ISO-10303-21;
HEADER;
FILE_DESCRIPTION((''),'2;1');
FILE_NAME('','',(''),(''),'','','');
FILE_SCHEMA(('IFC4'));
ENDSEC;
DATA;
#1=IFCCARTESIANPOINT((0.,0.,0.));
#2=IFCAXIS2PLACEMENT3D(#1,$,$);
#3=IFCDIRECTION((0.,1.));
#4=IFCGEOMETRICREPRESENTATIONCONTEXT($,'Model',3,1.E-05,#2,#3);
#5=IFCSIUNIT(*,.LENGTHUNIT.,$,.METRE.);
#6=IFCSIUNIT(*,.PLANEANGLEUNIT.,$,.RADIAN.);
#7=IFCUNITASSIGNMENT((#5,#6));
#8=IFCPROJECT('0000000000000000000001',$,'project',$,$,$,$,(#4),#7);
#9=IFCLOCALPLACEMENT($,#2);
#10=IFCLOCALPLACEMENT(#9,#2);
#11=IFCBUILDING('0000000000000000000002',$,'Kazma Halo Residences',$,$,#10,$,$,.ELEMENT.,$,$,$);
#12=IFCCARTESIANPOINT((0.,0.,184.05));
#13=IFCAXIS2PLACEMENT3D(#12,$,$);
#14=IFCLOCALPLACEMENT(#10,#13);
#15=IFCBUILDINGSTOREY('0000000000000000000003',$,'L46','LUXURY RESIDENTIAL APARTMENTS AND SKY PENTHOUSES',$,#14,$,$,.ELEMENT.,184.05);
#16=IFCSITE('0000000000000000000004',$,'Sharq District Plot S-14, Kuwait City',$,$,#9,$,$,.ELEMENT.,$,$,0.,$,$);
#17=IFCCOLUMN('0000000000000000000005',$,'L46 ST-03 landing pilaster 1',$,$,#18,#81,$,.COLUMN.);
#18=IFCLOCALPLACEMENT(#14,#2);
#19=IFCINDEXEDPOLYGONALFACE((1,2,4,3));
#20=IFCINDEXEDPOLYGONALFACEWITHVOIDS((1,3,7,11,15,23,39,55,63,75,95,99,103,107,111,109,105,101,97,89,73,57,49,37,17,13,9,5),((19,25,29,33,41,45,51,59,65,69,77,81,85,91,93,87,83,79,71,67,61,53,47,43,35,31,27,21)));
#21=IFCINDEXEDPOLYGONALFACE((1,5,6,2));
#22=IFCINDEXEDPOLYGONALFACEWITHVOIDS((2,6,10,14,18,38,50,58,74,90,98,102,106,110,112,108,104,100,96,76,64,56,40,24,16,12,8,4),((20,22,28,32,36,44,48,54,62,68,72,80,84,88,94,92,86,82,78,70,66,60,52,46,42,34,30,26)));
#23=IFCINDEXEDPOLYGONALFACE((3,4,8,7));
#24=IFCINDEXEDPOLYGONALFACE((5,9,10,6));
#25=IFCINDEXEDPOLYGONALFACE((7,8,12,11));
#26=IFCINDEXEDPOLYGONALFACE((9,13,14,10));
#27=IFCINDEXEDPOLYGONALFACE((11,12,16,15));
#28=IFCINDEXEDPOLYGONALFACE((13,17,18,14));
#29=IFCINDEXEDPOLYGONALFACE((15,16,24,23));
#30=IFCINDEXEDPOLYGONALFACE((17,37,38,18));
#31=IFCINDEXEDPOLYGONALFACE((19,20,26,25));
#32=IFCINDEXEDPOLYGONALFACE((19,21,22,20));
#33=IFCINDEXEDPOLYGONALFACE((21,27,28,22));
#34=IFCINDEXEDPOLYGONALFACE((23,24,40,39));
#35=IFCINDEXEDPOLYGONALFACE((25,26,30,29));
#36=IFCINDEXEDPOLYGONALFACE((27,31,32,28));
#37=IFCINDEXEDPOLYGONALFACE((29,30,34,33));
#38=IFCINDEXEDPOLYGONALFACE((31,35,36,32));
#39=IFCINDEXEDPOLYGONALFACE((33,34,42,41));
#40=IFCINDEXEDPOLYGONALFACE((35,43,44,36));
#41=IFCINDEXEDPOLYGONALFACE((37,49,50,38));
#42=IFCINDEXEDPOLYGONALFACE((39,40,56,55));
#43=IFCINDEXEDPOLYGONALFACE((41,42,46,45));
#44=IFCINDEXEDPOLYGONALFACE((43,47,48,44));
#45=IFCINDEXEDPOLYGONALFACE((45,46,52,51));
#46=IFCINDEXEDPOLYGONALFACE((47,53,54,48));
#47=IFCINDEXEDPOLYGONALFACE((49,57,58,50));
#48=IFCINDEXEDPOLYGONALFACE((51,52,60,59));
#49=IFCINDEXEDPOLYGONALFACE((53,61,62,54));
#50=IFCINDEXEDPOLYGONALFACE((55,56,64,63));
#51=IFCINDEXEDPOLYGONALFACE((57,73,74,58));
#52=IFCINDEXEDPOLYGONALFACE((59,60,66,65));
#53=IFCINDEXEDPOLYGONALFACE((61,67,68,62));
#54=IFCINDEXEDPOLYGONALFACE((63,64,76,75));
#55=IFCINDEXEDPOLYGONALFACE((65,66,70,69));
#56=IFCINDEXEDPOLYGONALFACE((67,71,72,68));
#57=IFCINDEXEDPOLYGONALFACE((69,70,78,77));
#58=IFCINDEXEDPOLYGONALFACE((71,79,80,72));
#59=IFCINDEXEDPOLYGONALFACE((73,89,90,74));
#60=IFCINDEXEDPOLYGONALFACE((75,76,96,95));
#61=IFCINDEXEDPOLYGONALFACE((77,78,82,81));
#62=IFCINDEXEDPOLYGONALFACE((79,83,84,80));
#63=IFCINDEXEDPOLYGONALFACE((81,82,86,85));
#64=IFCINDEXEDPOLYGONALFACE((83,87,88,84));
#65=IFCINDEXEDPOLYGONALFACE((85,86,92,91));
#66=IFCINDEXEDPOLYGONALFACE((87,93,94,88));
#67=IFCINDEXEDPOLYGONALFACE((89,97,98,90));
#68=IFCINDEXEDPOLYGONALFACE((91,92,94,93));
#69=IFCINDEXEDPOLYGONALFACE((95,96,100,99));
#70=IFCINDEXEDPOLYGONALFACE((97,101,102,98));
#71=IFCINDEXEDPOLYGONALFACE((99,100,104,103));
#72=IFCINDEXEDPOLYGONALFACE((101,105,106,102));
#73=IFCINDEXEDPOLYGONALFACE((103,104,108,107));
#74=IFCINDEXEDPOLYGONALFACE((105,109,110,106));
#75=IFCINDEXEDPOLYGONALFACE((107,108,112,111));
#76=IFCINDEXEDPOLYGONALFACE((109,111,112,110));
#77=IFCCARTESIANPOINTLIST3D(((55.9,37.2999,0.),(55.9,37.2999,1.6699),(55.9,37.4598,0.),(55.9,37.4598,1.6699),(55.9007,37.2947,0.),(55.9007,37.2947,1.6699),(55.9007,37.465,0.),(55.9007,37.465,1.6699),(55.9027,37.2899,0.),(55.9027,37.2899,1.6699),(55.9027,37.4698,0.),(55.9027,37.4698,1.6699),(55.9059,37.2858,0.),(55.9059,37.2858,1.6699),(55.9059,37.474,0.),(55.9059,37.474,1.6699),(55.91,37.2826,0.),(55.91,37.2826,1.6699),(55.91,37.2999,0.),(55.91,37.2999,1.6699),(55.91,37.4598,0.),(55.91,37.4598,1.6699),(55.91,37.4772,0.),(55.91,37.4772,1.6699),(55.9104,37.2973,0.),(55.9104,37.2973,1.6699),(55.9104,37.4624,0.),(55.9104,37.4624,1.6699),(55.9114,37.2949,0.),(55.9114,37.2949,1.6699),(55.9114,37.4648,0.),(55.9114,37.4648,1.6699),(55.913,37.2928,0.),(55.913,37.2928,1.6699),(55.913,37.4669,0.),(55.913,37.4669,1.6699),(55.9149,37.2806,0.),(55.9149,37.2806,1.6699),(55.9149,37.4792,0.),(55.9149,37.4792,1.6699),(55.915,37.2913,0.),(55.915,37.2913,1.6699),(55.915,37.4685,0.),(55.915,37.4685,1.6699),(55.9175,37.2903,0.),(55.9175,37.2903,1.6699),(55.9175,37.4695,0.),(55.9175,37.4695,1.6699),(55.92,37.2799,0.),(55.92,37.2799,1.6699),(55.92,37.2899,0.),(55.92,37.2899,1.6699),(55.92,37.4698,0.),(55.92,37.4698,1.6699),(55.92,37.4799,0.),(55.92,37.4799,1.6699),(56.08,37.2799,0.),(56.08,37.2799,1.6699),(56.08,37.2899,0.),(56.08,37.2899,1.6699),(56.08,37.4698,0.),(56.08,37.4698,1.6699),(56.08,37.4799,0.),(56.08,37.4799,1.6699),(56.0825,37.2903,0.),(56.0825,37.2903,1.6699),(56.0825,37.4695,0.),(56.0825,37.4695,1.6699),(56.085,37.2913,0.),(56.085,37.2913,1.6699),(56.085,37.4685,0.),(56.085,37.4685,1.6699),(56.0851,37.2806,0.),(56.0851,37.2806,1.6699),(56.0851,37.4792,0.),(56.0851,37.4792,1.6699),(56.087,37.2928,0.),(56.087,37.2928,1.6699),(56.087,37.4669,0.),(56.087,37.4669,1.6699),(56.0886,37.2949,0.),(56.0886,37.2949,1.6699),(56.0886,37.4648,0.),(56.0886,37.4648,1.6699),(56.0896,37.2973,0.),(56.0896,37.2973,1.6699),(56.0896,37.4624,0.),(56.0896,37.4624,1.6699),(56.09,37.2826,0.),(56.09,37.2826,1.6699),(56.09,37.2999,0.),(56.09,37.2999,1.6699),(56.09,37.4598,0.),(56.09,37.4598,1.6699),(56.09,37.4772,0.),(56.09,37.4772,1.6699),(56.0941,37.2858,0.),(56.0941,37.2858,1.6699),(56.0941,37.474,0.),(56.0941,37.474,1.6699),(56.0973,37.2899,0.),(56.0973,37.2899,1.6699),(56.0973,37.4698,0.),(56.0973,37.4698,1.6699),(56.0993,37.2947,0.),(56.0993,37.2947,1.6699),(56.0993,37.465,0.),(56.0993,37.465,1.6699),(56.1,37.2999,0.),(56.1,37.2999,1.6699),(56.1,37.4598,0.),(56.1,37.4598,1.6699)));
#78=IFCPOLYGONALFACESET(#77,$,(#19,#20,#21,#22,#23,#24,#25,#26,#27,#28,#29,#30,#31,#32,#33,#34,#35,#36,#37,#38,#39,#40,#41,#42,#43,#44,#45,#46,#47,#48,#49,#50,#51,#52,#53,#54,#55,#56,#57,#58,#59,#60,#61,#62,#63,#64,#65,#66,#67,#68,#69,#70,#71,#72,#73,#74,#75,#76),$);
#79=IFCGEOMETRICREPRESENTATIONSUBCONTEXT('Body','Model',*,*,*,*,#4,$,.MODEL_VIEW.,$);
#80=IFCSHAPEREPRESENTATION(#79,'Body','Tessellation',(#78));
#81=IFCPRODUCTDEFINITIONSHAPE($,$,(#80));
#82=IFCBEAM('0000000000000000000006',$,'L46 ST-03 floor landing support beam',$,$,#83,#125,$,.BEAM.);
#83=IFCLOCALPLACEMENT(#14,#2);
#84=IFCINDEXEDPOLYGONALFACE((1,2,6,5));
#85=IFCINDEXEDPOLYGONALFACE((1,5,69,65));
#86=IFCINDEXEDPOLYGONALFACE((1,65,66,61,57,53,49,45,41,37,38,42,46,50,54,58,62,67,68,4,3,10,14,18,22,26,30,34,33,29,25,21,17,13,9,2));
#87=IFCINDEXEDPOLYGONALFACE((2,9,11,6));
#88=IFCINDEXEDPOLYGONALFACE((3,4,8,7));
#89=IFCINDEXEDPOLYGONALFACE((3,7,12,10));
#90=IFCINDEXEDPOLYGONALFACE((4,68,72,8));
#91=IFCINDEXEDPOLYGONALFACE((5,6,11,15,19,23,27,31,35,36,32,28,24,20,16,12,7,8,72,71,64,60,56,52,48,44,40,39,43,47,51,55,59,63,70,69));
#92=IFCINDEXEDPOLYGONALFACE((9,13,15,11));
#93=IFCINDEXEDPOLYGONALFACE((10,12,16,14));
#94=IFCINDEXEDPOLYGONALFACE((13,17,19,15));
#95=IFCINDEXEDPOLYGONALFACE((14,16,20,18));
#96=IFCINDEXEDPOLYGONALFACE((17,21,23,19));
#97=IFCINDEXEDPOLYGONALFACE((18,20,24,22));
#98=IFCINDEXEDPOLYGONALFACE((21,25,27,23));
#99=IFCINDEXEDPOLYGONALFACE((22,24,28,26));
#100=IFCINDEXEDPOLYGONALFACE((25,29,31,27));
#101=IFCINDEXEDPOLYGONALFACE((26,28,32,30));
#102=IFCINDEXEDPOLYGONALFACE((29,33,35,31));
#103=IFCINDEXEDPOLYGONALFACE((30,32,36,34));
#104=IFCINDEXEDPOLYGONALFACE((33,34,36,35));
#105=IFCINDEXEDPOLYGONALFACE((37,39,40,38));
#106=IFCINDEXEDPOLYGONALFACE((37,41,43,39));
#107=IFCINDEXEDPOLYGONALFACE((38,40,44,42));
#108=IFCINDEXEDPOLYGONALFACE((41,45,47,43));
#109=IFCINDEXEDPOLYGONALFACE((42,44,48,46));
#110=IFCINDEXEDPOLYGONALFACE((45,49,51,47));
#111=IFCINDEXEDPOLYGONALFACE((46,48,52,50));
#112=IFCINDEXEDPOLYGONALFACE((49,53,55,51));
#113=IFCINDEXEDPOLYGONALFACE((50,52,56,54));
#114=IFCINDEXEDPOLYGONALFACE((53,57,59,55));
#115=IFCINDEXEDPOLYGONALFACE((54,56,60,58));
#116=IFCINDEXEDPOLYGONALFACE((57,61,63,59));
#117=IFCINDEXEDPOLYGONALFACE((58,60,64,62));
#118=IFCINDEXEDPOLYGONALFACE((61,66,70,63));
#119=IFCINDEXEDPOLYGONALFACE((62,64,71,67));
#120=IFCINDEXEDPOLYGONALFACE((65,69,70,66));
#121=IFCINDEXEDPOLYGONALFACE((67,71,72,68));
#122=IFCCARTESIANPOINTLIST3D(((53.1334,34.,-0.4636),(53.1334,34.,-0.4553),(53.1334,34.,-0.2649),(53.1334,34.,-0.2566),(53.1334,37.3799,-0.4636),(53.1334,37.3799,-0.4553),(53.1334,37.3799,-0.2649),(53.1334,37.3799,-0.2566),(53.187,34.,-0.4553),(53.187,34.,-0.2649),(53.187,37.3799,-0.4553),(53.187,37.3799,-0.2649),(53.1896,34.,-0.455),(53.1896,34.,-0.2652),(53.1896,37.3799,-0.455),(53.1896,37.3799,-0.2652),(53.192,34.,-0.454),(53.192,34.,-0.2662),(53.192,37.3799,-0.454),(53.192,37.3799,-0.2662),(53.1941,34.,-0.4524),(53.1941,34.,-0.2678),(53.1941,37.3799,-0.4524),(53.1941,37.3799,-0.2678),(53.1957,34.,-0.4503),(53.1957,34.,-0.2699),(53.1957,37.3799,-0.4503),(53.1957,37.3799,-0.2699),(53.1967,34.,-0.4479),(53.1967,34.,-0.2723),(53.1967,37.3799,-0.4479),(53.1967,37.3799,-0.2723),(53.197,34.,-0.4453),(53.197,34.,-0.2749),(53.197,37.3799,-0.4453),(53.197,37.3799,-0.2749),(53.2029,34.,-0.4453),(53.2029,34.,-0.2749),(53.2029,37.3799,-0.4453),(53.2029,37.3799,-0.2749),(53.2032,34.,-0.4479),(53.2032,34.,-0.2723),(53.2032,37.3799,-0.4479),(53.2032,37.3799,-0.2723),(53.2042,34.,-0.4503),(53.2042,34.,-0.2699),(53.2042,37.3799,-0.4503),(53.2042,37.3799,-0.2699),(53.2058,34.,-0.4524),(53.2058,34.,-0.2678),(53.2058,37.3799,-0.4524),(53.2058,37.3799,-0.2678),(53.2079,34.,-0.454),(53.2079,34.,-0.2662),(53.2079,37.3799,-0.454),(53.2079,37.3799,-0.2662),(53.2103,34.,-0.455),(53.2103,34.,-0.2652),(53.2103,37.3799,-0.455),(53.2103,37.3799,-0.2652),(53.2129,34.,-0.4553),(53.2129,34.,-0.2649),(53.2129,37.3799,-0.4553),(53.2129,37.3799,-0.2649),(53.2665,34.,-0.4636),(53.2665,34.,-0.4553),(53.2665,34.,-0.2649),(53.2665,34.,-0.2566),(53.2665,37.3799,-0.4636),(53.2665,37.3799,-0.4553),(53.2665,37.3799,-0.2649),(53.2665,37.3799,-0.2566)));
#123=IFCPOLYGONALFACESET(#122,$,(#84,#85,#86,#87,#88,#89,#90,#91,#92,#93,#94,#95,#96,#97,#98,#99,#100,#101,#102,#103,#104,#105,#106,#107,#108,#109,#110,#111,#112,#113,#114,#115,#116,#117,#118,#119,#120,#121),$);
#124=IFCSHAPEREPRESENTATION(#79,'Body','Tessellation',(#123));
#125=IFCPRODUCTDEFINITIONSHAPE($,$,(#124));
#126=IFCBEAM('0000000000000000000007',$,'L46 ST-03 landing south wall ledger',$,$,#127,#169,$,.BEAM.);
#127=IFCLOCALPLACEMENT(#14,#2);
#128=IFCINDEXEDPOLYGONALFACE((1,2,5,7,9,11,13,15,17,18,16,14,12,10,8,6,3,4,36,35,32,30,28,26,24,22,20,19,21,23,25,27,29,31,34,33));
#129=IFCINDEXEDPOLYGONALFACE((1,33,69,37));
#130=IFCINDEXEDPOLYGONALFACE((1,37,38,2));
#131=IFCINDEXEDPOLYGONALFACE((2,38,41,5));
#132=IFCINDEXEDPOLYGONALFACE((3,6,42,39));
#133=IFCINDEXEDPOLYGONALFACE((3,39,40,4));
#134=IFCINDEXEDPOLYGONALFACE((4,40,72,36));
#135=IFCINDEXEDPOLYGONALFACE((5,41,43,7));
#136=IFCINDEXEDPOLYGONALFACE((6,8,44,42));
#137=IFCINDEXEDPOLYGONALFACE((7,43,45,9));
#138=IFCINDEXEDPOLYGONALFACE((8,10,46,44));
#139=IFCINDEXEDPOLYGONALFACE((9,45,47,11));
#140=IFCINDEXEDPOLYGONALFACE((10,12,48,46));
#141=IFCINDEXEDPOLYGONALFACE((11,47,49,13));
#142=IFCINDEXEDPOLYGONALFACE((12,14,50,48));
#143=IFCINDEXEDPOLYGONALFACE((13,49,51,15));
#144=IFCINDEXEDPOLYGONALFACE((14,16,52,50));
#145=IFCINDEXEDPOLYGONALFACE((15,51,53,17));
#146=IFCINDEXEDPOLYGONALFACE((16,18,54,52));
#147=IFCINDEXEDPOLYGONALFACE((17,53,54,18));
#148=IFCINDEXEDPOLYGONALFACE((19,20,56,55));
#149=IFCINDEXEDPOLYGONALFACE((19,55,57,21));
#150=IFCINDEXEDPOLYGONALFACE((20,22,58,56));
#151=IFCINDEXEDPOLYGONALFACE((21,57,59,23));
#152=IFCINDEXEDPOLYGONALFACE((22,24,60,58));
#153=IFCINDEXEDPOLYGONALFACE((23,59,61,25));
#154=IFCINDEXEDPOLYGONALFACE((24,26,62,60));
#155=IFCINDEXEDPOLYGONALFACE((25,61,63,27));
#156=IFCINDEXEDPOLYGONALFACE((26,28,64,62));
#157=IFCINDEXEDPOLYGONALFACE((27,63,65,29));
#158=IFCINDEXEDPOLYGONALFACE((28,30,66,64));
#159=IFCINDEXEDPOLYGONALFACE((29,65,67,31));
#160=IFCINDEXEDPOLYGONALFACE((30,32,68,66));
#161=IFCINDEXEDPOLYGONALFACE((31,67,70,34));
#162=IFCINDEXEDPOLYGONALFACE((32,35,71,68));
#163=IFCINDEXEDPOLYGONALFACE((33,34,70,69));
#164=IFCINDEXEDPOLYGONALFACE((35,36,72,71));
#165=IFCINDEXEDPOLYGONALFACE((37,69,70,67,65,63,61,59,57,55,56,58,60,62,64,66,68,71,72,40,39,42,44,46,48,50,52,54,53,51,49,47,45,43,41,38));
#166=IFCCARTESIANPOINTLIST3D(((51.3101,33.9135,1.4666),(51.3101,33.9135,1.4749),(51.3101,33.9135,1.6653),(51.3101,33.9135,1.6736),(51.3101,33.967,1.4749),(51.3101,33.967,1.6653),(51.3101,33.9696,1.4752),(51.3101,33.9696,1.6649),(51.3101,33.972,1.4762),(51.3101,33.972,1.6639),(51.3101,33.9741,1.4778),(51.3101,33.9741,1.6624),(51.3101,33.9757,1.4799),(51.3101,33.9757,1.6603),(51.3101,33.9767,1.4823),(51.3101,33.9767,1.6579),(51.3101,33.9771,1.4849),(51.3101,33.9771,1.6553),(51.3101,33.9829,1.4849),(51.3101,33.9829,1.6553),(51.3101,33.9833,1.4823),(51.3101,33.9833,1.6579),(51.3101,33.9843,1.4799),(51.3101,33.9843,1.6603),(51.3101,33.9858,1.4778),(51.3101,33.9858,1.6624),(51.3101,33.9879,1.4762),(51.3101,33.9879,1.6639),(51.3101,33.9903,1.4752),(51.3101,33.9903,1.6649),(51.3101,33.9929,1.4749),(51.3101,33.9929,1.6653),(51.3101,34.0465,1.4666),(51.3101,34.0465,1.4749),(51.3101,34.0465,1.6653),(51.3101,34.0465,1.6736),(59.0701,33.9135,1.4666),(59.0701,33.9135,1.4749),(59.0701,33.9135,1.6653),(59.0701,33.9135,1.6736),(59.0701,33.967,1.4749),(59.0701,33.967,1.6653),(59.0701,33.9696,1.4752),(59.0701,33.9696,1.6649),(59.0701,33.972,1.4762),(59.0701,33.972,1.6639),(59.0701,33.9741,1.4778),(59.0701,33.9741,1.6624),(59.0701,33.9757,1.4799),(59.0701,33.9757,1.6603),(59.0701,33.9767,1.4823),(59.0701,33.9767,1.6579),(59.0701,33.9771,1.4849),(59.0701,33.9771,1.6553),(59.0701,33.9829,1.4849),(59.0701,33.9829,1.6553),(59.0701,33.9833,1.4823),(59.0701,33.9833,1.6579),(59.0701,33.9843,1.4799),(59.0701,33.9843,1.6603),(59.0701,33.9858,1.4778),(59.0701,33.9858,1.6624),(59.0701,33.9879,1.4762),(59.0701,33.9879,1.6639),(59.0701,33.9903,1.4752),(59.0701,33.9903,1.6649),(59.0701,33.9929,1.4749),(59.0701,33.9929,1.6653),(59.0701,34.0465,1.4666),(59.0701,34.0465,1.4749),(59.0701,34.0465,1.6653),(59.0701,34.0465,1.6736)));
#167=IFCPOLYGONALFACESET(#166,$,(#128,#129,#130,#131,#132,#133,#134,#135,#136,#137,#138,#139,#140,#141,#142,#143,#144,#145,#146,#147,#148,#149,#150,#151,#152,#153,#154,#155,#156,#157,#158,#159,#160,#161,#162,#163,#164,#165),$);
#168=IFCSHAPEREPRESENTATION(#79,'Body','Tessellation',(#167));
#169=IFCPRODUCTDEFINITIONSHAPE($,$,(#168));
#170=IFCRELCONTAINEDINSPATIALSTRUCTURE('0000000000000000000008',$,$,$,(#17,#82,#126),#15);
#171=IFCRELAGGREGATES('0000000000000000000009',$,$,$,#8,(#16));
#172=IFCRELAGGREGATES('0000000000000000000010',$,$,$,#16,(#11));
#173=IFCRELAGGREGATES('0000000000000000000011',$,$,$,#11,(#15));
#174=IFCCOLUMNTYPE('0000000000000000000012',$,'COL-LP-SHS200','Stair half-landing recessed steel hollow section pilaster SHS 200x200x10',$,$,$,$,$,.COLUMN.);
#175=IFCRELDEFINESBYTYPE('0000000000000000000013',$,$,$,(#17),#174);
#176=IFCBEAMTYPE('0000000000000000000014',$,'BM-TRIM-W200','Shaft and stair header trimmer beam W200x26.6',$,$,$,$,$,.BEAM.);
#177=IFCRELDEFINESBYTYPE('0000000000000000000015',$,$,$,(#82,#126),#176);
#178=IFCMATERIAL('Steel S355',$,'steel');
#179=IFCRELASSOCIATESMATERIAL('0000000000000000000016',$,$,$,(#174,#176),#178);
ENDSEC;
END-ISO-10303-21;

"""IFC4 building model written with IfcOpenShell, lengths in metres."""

from ifc_helpers import new_model, si_unit, direction, frame, origin, origin_2d, place, context, subcontext, project, spatial, hollow_rectangle, i_section, extrude, material, material_profile, profile_set, type_object, element, save


model = new_model("IFC4")

# Units and contexts
model_context = context("Model", 3, precision=1e-05, world=origin(), true_north=direction((0.0, 1.0)))
body_context = subcontext(model_context, "Body", "Model", "MODEL_VIEW")
ifc_project = project(units=[si_unit("LENGTHUNIT", "METRE"), si_unit("PLANEANGLEUNIT", "RADIAN")], contexts=[model_context])

# Site, building, storey
site_placement = place(None, origin())
site = spatial("IfcSite", under=ifc_project, at=site_placement, Name="Sharq District Plot S-14, Kuwait City", CompositionType="ELEMENT", RefElevation=0.0)
building_placement = place(site_placement, origin())
building = spatial("IfcBuilding", under=site, at=building_placement, Name="Kazma Halo Residences", CompositionType="ELEMENT")
storey_placement = place(building_placement, frame((0.0, 0.0, 184.05)))
storey = spatial("IfcBuildingStorey", under=building, at=storey_placement, Name="L46", Description="LUXURY RESIDENTIAL APARTMENTS AND SKY PENTHOUSES", CompositionType="ELEMENT", Elevation=184.05)

# Column
ifc_material_1 = material(Name="Steel S355", Category="steel")
ifc_material_profile_1 = material_profile(ifc_material_1, hollow_rectangle(XDim=0.2, YDim=0.2, WallThickness=0.01, InnerFilletRadius=0.01, OuterFilletRadius=0.02, at=origin_2d()), Name="SHS200x200x10")
ifc_profile_set_1 = profile_set([ifc_material_profile_1], Name="Steel S355")
column_type = type_object("IfcColumnType", Name="COL-LP-SHS200", Description="Stair half-landing recessed steel hollow section pilaster SHS 200x200x10", PredefinedType="COLUMN", material=ifc_profile_set_1)
column_placement = place(storey_placement, frame((56.0, 37.3799, 0.0), z_axis=(0.0, 0.0, 1.0), x_axis=(1.0, 0.0, 0.0)))
element("IfcColumn", 1, at=column_placement, inside=storey, type_object=column_type, Name="L46 ST-03 landing pilaster 1", PredefinedType="COLUMN", context=body_context, shape_type="SweptSolid", body=[
    extrude(hollow_rectangle(XDim=0.2, YDim=0.2, WallThickness=0.01, InnerFilletRadius=0.01, OuterFilletRadius=0.02, at=origin_2d()), origin(), (0.0, 0.0, 1.0), 1.6699),
])

# Beams
ifc_material_profile_2 = material_profile(ifc_material_1, i_section(OverallWidth=0.1331, OverallDepth=0.207, WebThickness=0.0059, FlangeThickness=0.0083, FilletRadius=0.01, at=origin_2d()), Name="W200x26.6")
ifc_profile_set_2 = profile_set([ifc_material_profile_2], Name="Steel S355")
beam_type = type_object("IfcBeamType", Name="BM-TRIM-W200", Description="Shaft and stair header trimmer beam W200x26.6", PredefinedType="BEAM", material=ifc_profile_set_2)
beam_1_placement = place(storey_placement, frame((53.2, 34.0, -0.3601), z_axis=(0.0, 1.0, 0.0), x_axis=(-1.0, 0.0, 0.0)))
element("IfcBeam", 2, at=beam_1_placement, inside=storey, type_object=beam_type, Name="L46 ST-03 floor landing support beam", PredefinedType="BEAM", context=body_context, shape_type="SweptSolid", body=[
    extrude(i_section(OverallWidth=0.1331, OverallDepth=0.207, WebThickness=0.0059, FlangeThickness=0.0083, FilletRadius=0.01, at=origin_2d()), origin(), (0.0, 0.0, 1.0), 3.3799),
])
beam_2_placement = place(storey_placement, frame((51.3101, 33.98, 1.5701), z_axis=(1.0, 0.0, 0.0), x_axis=(0.0, 1.0, 0.0)))
element("IfcBeam", 3, at=beam_2_placement, inside=storey, type_object=beam_type, Name="L46 ST-03 landing south wall ledger", PredefinedType="BEAM", context=body_context, shape_type="SweptSolid", body=[
    extrude(i_section(OverallWidth=0.1331, OverallDepth=0.207, WebThickness=0.0059, FlangeThickness=0.0083, FilletRadius=0.01, at=origin_2d()), origin(), (0.0, 0.0, 1.0), 7.76),
])

save(model, "model.ifc")
